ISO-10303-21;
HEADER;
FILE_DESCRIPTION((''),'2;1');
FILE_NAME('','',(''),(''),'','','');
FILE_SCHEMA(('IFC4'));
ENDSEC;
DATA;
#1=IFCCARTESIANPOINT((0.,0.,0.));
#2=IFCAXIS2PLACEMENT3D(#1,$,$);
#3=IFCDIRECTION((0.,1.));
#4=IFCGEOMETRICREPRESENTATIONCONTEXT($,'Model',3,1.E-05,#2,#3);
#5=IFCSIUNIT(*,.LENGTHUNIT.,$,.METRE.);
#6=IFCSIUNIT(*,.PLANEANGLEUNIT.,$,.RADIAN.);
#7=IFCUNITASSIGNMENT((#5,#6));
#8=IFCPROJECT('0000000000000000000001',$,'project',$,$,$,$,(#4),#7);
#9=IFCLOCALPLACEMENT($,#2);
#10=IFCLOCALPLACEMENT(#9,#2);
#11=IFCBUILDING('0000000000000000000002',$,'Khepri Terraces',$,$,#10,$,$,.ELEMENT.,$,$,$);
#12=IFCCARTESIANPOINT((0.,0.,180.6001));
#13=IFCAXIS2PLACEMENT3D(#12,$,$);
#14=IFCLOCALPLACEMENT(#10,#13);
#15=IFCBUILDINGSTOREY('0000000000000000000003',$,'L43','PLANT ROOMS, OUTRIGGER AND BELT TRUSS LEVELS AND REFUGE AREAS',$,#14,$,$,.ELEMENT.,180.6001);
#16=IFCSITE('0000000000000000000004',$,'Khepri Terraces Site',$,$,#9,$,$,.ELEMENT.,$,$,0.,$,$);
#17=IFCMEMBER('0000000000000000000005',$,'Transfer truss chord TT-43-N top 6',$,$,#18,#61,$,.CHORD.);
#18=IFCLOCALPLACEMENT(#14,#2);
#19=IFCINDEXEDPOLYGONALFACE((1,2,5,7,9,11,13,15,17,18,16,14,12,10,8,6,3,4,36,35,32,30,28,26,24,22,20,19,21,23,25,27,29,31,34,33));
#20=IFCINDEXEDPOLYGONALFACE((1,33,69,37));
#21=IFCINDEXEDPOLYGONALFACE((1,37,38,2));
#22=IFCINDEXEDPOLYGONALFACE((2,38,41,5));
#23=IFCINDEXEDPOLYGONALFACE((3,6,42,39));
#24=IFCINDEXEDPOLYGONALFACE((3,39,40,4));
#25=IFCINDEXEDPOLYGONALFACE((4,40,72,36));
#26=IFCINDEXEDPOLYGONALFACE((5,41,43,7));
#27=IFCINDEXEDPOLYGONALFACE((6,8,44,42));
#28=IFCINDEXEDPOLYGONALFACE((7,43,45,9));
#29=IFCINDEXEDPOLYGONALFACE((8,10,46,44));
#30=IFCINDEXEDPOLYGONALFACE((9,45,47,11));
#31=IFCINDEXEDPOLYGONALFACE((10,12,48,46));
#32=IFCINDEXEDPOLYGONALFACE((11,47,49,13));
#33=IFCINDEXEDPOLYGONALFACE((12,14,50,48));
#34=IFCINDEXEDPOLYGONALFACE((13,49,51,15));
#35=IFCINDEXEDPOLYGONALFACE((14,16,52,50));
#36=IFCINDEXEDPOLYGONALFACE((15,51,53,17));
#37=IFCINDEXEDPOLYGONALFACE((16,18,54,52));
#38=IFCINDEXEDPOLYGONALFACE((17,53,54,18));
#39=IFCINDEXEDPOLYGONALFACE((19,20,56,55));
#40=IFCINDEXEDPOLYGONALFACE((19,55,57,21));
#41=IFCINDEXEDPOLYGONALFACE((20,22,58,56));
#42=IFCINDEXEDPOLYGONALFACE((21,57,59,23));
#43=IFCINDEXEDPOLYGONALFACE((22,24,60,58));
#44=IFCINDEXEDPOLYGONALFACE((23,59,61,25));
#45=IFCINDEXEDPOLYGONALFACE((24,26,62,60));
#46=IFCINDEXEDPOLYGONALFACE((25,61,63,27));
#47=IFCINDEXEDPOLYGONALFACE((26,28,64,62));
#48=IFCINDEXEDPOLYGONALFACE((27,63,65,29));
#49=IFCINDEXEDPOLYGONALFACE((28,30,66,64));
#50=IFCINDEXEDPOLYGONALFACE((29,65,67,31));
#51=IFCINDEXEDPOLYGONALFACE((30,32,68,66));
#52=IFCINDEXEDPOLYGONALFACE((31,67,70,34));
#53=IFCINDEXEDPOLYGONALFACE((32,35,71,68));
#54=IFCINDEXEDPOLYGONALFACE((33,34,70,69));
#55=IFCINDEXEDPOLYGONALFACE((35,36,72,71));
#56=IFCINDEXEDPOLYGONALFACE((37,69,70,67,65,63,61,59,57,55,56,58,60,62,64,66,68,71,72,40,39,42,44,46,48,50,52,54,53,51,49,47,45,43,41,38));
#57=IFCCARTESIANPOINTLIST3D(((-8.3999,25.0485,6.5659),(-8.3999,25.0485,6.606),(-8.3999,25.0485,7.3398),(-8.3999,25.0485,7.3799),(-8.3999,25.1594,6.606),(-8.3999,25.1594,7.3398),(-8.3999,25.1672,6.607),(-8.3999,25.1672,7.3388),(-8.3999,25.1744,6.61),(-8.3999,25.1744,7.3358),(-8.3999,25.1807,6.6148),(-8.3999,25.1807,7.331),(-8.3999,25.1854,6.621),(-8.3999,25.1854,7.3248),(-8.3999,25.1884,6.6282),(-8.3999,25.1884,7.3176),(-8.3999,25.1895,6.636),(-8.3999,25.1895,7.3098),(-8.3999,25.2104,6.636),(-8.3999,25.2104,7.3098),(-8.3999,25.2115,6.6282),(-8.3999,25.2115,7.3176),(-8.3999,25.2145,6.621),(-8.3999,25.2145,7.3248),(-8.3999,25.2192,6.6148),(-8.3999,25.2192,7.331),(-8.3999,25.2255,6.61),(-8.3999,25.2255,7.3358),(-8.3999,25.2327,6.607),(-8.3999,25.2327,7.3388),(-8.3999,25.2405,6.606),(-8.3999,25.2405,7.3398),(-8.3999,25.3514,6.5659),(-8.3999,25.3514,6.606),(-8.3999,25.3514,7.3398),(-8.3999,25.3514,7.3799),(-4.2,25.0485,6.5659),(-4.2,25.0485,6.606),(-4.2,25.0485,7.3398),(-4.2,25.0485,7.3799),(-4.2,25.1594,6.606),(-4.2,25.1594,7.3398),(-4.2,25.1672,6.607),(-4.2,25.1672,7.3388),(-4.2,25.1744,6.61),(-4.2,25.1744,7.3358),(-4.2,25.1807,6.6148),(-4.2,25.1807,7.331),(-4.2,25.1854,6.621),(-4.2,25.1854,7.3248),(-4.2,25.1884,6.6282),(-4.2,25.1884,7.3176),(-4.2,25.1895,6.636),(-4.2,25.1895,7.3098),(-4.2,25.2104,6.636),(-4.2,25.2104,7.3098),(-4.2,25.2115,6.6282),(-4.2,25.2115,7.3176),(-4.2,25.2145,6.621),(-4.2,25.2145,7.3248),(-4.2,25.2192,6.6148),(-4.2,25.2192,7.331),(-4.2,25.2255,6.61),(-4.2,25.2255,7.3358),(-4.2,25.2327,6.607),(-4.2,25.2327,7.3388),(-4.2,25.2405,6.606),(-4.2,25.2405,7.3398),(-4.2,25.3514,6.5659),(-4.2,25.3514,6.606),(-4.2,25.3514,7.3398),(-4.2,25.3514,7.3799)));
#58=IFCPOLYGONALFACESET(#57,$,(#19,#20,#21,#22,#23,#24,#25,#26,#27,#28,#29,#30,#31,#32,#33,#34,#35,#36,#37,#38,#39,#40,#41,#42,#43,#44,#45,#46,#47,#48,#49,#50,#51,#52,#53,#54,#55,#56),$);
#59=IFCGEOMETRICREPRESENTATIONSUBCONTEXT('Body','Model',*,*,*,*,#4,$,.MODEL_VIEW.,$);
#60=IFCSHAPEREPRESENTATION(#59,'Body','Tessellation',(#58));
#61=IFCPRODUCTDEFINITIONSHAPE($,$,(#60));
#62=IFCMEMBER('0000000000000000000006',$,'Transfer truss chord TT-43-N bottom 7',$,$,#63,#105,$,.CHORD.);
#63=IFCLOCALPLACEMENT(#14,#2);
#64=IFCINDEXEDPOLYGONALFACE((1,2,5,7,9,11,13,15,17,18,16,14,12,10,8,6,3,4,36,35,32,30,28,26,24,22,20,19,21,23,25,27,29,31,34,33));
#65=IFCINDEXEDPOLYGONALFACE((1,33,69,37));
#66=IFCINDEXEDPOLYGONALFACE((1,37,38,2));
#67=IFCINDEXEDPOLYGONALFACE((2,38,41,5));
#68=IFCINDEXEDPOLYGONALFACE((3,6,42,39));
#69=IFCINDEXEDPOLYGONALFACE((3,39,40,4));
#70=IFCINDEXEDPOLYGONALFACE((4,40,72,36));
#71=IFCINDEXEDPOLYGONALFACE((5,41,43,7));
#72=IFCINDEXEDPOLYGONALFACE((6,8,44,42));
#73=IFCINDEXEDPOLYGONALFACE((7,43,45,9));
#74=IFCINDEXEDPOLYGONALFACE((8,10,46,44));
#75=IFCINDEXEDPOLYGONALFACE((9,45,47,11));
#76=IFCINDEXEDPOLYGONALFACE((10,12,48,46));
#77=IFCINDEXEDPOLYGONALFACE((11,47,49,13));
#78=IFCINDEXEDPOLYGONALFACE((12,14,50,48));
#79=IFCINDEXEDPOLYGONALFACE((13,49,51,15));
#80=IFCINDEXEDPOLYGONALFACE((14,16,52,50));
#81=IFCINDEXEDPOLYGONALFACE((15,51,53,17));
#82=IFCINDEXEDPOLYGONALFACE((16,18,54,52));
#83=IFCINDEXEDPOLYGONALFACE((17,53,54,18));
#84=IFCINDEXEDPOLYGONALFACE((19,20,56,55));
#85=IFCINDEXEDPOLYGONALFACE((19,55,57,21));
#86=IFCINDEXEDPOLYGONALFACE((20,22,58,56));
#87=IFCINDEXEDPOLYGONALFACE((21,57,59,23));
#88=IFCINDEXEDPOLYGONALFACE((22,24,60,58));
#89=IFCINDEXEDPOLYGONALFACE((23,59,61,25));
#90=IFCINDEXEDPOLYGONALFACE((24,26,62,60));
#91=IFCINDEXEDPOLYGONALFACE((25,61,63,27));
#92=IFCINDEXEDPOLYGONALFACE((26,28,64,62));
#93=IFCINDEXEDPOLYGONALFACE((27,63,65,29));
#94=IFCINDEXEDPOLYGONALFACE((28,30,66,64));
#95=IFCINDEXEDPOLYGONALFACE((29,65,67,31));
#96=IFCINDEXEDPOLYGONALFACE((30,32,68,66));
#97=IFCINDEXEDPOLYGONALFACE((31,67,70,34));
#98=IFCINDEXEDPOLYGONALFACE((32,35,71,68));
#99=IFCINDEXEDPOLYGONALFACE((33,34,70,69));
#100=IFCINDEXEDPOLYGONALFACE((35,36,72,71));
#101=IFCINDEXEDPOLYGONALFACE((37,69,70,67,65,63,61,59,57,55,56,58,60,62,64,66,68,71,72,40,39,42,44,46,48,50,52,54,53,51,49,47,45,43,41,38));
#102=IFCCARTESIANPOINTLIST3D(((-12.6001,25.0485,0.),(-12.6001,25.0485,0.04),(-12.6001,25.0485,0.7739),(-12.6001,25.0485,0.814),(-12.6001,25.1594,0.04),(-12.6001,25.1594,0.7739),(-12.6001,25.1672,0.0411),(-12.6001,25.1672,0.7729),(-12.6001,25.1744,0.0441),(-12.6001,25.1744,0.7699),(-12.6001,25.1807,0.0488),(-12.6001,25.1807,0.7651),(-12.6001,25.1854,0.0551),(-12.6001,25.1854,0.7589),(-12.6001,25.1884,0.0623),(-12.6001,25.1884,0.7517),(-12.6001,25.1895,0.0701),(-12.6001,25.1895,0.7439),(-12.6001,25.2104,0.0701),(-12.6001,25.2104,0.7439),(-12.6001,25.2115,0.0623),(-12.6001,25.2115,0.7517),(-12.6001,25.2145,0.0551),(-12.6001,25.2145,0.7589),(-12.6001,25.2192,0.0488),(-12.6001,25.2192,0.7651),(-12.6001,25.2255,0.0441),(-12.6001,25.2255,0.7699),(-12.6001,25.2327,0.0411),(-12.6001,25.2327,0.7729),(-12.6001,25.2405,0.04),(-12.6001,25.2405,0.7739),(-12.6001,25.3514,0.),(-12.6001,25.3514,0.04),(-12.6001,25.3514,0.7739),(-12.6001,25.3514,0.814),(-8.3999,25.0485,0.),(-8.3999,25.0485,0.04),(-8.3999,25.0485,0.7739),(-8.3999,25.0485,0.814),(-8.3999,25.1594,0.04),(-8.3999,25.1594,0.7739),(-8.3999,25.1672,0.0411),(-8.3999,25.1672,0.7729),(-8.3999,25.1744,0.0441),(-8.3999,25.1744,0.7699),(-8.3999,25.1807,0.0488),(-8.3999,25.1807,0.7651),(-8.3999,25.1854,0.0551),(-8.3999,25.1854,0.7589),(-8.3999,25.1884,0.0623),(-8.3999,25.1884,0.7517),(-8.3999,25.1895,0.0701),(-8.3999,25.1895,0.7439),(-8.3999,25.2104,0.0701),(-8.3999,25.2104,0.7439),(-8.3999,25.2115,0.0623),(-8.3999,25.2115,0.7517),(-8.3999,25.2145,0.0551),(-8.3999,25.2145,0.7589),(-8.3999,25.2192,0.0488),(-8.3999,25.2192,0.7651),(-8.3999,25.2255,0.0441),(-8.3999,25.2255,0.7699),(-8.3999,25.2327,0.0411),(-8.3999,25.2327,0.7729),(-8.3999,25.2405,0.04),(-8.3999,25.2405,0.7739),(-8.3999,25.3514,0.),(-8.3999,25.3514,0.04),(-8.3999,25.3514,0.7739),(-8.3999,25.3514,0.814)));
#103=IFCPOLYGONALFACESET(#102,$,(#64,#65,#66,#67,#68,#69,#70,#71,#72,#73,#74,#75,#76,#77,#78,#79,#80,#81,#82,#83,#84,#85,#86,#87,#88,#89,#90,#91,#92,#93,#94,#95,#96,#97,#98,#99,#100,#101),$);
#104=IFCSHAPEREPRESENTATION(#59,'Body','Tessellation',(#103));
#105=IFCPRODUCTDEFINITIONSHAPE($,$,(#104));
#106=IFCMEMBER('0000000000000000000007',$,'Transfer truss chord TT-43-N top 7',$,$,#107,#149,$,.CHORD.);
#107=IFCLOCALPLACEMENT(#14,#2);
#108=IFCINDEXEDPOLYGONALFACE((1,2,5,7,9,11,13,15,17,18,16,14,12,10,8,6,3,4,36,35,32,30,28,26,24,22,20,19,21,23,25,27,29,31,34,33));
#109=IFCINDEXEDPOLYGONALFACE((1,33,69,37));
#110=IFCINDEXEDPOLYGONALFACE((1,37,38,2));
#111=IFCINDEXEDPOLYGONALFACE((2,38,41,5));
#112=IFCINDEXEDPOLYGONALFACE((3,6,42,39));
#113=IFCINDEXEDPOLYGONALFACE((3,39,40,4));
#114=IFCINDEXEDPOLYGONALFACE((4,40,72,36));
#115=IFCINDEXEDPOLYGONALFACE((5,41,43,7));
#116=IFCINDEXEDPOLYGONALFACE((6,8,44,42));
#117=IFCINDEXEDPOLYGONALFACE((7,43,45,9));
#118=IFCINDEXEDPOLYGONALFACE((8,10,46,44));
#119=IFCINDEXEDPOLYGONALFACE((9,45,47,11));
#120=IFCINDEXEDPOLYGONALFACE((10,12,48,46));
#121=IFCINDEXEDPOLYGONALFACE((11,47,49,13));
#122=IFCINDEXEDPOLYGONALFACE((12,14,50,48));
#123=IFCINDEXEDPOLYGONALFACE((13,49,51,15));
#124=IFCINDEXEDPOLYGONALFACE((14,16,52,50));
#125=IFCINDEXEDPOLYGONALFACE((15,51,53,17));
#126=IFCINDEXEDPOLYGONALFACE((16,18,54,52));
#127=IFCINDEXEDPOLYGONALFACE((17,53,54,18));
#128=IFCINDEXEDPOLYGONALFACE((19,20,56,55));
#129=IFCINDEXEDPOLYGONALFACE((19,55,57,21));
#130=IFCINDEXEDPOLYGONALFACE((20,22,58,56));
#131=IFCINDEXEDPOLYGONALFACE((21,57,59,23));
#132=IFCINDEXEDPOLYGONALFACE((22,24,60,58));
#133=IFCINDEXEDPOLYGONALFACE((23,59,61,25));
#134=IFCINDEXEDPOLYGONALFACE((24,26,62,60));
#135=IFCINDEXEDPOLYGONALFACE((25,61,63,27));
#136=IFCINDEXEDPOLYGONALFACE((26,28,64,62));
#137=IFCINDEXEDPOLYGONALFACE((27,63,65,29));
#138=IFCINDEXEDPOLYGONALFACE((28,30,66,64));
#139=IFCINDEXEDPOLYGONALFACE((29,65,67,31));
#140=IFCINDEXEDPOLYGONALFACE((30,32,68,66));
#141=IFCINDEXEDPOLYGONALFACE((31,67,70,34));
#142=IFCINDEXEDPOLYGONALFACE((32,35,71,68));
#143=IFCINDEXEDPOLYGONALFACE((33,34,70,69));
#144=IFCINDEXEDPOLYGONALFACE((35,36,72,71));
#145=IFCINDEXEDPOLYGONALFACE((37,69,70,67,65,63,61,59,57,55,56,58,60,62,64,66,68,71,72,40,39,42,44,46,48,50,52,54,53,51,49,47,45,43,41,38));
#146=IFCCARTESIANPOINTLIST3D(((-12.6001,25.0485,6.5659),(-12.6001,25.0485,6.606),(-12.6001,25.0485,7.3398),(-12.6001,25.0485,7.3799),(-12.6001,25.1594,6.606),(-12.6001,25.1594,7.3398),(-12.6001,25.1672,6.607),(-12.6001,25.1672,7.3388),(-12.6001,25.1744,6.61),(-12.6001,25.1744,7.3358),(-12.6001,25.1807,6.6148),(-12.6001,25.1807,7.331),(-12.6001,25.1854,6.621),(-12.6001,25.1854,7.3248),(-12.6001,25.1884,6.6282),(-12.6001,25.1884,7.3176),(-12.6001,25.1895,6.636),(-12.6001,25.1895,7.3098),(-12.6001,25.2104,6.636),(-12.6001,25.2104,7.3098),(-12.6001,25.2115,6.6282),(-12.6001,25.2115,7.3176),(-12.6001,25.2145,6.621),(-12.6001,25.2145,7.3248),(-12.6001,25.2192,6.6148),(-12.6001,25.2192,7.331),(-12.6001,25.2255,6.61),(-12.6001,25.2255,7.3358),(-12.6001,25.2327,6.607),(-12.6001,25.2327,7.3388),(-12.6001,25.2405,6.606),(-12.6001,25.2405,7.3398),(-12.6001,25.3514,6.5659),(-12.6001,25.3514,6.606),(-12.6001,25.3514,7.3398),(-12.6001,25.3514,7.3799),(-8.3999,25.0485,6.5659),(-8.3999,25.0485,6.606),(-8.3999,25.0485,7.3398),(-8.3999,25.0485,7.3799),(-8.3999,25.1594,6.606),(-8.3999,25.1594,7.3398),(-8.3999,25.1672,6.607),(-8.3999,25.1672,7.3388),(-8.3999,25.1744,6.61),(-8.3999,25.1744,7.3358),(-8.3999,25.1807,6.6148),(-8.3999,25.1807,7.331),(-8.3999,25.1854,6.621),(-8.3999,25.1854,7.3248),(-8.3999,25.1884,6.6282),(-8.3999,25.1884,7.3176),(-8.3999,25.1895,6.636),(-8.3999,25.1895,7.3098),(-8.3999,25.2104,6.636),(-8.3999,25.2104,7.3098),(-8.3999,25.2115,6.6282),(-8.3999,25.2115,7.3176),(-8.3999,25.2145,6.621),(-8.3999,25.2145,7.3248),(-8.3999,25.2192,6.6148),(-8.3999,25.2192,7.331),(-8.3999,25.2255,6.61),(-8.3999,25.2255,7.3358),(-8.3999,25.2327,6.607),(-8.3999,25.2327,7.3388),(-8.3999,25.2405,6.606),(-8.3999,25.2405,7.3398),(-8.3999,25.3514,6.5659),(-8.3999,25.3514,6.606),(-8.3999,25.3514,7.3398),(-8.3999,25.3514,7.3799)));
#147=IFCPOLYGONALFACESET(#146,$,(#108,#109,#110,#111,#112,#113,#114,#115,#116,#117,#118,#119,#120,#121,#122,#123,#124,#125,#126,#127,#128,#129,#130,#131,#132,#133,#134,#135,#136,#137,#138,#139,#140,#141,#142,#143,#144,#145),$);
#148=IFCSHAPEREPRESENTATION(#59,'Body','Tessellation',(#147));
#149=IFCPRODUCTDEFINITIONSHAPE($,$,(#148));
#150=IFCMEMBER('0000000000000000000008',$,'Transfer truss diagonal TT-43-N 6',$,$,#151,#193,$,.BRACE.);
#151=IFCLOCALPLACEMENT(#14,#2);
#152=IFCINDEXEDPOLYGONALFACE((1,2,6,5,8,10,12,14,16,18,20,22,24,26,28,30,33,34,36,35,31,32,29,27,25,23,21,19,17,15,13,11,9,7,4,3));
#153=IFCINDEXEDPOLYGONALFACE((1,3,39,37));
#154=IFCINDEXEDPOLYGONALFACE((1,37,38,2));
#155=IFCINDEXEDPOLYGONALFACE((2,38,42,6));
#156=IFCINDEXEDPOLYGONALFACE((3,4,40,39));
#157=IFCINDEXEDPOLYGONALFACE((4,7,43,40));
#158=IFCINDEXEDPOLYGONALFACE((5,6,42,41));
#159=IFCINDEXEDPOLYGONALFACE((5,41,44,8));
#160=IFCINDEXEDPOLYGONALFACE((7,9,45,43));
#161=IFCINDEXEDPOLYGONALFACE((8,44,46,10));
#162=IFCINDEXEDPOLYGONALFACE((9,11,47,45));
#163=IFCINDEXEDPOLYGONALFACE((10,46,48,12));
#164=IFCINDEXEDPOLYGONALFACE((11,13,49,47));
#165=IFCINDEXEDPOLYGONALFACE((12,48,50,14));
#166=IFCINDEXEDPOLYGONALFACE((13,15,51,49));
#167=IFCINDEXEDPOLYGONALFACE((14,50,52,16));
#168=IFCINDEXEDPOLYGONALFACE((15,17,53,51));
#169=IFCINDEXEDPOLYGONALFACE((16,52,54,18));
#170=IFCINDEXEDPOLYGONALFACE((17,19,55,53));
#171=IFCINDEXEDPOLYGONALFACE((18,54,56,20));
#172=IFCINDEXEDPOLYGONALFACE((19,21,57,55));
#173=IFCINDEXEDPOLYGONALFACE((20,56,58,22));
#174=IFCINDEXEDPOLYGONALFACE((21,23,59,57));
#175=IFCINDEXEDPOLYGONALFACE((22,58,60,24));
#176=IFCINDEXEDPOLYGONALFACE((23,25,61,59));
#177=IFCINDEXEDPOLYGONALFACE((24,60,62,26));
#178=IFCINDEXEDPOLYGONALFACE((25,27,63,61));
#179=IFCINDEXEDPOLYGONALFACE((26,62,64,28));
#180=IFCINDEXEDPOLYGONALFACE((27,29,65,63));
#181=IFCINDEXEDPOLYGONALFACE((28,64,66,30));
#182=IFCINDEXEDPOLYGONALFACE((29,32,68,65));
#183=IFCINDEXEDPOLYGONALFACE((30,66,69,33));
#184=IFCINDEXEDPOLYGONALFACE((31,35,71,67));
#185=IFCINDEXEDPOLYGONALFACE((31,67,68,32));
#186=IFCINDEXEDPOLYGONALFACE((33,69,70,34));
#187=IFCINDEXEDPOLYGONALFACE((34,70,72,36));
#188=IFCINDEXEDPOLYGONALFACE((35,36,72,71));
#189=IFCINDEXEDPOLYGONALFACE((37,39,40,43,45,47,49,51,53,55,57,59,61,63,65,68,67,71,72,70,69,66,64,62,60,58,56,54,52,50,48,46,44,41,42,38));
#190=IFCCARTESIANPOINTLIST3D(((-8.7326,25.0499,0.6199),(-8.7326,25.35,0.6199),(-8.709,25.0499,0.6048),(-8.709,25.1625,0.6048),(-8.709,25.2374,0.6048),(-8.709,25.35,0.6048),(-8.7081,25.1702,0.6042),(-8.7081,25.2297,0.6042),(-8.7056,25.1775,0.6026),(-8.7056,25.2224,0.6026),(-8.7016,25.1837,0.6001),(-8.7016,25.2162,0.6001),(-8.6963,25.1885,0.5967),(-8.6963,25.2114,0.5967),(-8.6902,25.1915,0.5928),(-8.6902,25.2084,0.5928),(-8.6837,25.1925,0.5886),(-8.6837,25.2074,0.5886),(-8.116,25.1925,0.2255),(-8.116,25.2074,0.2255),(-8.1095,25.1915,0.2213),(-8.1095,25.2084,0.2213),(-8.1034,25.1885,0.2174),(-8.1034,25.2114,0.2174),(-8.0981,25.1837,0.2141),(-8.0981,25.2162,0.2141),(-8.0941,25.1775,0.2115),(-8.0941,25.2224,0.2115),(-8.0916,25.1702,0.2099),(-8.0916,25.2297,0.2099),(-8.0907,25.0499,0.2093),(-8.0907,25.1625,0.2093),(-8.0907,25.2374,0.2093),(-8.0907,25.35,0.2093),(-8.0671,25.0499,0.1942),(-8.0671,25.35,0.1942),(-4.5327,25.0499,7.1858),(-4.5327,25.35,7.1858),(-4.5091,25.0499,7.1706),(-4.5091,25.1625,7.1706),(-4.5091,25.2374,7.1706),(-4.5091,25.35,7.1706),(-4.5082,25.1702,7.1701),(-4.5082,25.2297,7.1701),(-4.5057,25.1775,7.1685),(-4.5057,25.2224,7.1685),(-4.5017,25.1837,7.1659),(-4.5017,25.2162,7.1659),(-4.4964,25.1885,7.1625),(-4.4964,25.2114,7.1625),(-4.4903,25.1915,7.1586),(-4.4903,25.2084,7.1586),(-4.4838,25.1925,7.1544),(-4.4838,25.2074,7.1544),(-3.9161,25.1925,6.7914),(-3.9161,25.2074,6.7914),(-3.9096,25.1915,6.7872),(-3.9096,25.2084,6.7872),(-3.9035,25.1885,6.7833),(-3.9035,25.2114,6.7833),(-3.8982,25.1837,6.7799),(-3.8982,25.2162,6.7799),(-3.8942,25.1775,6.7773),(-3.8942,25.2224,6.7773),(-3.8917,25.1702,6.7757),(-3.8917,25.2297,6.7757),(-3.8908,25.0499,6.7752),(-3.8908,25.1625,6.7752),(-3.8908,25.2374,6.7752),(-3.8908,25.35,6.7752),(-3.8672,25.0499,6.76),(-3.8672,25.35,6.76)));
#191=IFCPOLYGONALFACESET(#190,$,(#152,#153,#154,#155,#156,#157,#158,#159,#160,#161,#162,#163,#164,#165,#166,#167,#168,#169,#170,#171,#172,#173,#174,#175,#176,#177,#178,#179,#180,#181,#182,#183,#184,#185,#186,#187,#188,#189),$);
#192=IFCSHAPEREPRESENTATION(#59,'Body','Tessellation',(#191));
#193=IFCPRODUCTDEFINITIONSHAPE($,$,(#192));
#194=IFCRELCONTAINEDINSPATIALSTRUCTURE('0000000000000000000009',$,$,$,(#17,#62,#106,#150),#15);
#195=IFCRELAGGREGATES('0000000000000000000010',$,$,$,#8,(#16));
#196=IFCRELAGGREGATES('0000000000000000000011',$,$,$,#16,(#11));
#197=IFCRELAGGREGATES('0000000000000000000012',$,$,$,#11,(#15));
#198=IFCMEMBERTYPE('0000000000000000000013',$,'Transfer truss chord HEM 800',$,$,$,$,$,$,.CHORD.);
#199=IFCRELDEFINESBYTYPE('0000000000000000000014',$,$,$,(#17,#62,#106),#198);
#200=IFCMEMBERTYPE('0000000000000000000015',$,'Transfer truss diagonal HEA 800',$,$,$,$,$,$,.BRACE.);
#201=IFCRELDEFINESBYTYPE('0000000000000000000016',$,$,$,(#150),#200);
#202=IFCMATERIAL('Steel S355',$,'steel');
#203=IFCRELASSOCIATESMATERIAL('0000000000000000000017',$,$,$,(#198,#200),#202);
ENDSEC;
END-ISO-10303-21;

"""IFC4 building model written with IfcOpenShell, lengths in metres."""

from ifc_helpers import new_model, si_unit, direction, frame, origin, origin_2d, place, context, subcontext, project, spatial, i_section, extrude, material, material_profile, profile_set, type_object, element, save


model = new_model("IFC4")

# Units and contexts
model_context = context("Model", 3, precision=1e-05, world=origin(), true_north=direction((0.0, 1.0)))
body_context = subcontext(model_context, "Body", "Model", "MODEL_VIEW")
ifc_project = project(units=[si_unit("LENGTHUNIT", "METRE"), si_unit("PLANEANGLEUNIT", "RADIAN")], contexts=[model_context])

# Site, building, storey
site_placement = place(None, origin())
site = spatial("IfcSite", under=ifc_project, at=site_placement, Name="Khepri Terraces Site", CompositionType="ELEMENT", RefElevation=0.0)
building_placement = place(site_placement, origin())
building = spatial("IfcBuilding", under=site, at=building_placement, Name="Khepri Terraces", CompositionType="ELEMENT")
storey_placement = place(building_placement, frame((0.0, 0.0, 180.6001)))
storey = spatial("IfcBuildingStorey", under=building, at=storey_placement, Name="L43", Description="PLANT ROOMS, OUTRIGGER AND BELT TRUSS LEVELS AND REFUGE AREAS", CompositionType="ELEMENT", Elevation=180.6001)

# Members
ifc_material_1 = material(Name="Steel S355", Category="steel")
ifc_material_profile_1 = material_profile(ifc_material_1, i_section(OverallWidth=0.303, OverallDepth=0.814, WebThickness=0.021, FlangeThickness=0.04, FilletRadius=0.03, at=origin_2d()), Name="Steel S355", Category="steel")
ifc_profile_set_1 = profile_set([ifc_material_profile_1], Name="Steel S355")
member_type_1 = type_object("IfcMemberType", Name="Transfer truss chord HEM 800", PredefinedType="CHORD", material=ifc_profile_set_1)
for number, where, z_axis, x_axis, name in (
    (1, (-4.2, 25.2, 6.9729), (-1.0, 0.0, 0.0), (0.0, -1.0, 0.0), "Transfer truss chord TT-43-N top 6"),
):
    element("IfcMember", number, at=place(storey_placement, frame(where, z_axis=z_axis, x_axis=x_axis)), inside=storey, type_object=member_type_1, Name=name, PredefinedType="CHORD", context=body_context, shape_type="SweptSolid", body=[
        extrude(i_section(OverallWidth=0.303, OverallDepth=0.814, WebThickness=0.021, FlangeThickness=0.04, FilletRadius=0.03, at=origin_2d()), origin(), (0.0, 0.0, 1.0), 4.2),
    ])
for number, where, z_axis, x_axis, name in (
    (2, (-8.3999, 25.2, 0.407), (-1.0, 0.0, 0.0), (0.0, -1.0, 0.0), "Transfer truss chord TT-43-N bottom 7"),
    (3, (-8.3999, 25.2, 6.9729), (-1.0, 0.0, 0.0), (0.0, -1.0, 0.0), "Transfer truss chord TT-43-N top 7"),
):
    element("IfcMember", number, at=place(storey_placement, frame(where, z_axis=z_axis, x_axis=x_axis)), inside=storey, type_object=member_type_1, Name=name, PredefinedType="CHORD", context=body_context, shape_type="SweptSolid", body=[
        extrude(i_section(OverallWidth=0.303, OverallDepth=0.814, WebThickness=0.021, FlangeThickness=0.04, FilletRadius=0.03, at=origin_2d()), origin(), (0.0, 0.0, 1.0), 4.2002),
    ])
ifc_material_profile_2 = material_profile(ifc_material_1, i_section(OverallWidth=0.3, OverallDepth=0.79, WebThickness=0.0149, FlangeThickness=0.0281, FilletRadius=0.03, at=origin_2d()), Name="Steel S355", Category="steel")
ifc_profile_set_2 = profile_set([ifc_material_profile_2], Name="Steel S355")
member_type_2 = type_object("IfcMemberType", Name="Transfer truss diagonal HEA 800", PredefinedType="BRACE", material=ifc_profile_set_2)
member_1_placement = place(storey_placement, frame((-4.2, 25.2, 6.9729), z_axis=(-0.53885, 0.0, -0.842402), x_axis=(0.0, -1.0, 0.0)))
element("IfcMember", 4, at=member_1_placement, inside=storey, type_object=member_type_2, Name="Transfer truss diagonal TT-43-N 6", PredefinedType="BRACE", context=body_context, shape_type="SweptSolid", body=[
    extrude(i_section(OverallWidth=0.3, OverallDepth=0.79, WebThickness=0.0149, FlangeThickness=0.0281, FilletRadius=0.03, at=origin_2d()), origin(), (0.0, 0.0, 1.0), 7.7942),
])

save(model, "model.ifc")
